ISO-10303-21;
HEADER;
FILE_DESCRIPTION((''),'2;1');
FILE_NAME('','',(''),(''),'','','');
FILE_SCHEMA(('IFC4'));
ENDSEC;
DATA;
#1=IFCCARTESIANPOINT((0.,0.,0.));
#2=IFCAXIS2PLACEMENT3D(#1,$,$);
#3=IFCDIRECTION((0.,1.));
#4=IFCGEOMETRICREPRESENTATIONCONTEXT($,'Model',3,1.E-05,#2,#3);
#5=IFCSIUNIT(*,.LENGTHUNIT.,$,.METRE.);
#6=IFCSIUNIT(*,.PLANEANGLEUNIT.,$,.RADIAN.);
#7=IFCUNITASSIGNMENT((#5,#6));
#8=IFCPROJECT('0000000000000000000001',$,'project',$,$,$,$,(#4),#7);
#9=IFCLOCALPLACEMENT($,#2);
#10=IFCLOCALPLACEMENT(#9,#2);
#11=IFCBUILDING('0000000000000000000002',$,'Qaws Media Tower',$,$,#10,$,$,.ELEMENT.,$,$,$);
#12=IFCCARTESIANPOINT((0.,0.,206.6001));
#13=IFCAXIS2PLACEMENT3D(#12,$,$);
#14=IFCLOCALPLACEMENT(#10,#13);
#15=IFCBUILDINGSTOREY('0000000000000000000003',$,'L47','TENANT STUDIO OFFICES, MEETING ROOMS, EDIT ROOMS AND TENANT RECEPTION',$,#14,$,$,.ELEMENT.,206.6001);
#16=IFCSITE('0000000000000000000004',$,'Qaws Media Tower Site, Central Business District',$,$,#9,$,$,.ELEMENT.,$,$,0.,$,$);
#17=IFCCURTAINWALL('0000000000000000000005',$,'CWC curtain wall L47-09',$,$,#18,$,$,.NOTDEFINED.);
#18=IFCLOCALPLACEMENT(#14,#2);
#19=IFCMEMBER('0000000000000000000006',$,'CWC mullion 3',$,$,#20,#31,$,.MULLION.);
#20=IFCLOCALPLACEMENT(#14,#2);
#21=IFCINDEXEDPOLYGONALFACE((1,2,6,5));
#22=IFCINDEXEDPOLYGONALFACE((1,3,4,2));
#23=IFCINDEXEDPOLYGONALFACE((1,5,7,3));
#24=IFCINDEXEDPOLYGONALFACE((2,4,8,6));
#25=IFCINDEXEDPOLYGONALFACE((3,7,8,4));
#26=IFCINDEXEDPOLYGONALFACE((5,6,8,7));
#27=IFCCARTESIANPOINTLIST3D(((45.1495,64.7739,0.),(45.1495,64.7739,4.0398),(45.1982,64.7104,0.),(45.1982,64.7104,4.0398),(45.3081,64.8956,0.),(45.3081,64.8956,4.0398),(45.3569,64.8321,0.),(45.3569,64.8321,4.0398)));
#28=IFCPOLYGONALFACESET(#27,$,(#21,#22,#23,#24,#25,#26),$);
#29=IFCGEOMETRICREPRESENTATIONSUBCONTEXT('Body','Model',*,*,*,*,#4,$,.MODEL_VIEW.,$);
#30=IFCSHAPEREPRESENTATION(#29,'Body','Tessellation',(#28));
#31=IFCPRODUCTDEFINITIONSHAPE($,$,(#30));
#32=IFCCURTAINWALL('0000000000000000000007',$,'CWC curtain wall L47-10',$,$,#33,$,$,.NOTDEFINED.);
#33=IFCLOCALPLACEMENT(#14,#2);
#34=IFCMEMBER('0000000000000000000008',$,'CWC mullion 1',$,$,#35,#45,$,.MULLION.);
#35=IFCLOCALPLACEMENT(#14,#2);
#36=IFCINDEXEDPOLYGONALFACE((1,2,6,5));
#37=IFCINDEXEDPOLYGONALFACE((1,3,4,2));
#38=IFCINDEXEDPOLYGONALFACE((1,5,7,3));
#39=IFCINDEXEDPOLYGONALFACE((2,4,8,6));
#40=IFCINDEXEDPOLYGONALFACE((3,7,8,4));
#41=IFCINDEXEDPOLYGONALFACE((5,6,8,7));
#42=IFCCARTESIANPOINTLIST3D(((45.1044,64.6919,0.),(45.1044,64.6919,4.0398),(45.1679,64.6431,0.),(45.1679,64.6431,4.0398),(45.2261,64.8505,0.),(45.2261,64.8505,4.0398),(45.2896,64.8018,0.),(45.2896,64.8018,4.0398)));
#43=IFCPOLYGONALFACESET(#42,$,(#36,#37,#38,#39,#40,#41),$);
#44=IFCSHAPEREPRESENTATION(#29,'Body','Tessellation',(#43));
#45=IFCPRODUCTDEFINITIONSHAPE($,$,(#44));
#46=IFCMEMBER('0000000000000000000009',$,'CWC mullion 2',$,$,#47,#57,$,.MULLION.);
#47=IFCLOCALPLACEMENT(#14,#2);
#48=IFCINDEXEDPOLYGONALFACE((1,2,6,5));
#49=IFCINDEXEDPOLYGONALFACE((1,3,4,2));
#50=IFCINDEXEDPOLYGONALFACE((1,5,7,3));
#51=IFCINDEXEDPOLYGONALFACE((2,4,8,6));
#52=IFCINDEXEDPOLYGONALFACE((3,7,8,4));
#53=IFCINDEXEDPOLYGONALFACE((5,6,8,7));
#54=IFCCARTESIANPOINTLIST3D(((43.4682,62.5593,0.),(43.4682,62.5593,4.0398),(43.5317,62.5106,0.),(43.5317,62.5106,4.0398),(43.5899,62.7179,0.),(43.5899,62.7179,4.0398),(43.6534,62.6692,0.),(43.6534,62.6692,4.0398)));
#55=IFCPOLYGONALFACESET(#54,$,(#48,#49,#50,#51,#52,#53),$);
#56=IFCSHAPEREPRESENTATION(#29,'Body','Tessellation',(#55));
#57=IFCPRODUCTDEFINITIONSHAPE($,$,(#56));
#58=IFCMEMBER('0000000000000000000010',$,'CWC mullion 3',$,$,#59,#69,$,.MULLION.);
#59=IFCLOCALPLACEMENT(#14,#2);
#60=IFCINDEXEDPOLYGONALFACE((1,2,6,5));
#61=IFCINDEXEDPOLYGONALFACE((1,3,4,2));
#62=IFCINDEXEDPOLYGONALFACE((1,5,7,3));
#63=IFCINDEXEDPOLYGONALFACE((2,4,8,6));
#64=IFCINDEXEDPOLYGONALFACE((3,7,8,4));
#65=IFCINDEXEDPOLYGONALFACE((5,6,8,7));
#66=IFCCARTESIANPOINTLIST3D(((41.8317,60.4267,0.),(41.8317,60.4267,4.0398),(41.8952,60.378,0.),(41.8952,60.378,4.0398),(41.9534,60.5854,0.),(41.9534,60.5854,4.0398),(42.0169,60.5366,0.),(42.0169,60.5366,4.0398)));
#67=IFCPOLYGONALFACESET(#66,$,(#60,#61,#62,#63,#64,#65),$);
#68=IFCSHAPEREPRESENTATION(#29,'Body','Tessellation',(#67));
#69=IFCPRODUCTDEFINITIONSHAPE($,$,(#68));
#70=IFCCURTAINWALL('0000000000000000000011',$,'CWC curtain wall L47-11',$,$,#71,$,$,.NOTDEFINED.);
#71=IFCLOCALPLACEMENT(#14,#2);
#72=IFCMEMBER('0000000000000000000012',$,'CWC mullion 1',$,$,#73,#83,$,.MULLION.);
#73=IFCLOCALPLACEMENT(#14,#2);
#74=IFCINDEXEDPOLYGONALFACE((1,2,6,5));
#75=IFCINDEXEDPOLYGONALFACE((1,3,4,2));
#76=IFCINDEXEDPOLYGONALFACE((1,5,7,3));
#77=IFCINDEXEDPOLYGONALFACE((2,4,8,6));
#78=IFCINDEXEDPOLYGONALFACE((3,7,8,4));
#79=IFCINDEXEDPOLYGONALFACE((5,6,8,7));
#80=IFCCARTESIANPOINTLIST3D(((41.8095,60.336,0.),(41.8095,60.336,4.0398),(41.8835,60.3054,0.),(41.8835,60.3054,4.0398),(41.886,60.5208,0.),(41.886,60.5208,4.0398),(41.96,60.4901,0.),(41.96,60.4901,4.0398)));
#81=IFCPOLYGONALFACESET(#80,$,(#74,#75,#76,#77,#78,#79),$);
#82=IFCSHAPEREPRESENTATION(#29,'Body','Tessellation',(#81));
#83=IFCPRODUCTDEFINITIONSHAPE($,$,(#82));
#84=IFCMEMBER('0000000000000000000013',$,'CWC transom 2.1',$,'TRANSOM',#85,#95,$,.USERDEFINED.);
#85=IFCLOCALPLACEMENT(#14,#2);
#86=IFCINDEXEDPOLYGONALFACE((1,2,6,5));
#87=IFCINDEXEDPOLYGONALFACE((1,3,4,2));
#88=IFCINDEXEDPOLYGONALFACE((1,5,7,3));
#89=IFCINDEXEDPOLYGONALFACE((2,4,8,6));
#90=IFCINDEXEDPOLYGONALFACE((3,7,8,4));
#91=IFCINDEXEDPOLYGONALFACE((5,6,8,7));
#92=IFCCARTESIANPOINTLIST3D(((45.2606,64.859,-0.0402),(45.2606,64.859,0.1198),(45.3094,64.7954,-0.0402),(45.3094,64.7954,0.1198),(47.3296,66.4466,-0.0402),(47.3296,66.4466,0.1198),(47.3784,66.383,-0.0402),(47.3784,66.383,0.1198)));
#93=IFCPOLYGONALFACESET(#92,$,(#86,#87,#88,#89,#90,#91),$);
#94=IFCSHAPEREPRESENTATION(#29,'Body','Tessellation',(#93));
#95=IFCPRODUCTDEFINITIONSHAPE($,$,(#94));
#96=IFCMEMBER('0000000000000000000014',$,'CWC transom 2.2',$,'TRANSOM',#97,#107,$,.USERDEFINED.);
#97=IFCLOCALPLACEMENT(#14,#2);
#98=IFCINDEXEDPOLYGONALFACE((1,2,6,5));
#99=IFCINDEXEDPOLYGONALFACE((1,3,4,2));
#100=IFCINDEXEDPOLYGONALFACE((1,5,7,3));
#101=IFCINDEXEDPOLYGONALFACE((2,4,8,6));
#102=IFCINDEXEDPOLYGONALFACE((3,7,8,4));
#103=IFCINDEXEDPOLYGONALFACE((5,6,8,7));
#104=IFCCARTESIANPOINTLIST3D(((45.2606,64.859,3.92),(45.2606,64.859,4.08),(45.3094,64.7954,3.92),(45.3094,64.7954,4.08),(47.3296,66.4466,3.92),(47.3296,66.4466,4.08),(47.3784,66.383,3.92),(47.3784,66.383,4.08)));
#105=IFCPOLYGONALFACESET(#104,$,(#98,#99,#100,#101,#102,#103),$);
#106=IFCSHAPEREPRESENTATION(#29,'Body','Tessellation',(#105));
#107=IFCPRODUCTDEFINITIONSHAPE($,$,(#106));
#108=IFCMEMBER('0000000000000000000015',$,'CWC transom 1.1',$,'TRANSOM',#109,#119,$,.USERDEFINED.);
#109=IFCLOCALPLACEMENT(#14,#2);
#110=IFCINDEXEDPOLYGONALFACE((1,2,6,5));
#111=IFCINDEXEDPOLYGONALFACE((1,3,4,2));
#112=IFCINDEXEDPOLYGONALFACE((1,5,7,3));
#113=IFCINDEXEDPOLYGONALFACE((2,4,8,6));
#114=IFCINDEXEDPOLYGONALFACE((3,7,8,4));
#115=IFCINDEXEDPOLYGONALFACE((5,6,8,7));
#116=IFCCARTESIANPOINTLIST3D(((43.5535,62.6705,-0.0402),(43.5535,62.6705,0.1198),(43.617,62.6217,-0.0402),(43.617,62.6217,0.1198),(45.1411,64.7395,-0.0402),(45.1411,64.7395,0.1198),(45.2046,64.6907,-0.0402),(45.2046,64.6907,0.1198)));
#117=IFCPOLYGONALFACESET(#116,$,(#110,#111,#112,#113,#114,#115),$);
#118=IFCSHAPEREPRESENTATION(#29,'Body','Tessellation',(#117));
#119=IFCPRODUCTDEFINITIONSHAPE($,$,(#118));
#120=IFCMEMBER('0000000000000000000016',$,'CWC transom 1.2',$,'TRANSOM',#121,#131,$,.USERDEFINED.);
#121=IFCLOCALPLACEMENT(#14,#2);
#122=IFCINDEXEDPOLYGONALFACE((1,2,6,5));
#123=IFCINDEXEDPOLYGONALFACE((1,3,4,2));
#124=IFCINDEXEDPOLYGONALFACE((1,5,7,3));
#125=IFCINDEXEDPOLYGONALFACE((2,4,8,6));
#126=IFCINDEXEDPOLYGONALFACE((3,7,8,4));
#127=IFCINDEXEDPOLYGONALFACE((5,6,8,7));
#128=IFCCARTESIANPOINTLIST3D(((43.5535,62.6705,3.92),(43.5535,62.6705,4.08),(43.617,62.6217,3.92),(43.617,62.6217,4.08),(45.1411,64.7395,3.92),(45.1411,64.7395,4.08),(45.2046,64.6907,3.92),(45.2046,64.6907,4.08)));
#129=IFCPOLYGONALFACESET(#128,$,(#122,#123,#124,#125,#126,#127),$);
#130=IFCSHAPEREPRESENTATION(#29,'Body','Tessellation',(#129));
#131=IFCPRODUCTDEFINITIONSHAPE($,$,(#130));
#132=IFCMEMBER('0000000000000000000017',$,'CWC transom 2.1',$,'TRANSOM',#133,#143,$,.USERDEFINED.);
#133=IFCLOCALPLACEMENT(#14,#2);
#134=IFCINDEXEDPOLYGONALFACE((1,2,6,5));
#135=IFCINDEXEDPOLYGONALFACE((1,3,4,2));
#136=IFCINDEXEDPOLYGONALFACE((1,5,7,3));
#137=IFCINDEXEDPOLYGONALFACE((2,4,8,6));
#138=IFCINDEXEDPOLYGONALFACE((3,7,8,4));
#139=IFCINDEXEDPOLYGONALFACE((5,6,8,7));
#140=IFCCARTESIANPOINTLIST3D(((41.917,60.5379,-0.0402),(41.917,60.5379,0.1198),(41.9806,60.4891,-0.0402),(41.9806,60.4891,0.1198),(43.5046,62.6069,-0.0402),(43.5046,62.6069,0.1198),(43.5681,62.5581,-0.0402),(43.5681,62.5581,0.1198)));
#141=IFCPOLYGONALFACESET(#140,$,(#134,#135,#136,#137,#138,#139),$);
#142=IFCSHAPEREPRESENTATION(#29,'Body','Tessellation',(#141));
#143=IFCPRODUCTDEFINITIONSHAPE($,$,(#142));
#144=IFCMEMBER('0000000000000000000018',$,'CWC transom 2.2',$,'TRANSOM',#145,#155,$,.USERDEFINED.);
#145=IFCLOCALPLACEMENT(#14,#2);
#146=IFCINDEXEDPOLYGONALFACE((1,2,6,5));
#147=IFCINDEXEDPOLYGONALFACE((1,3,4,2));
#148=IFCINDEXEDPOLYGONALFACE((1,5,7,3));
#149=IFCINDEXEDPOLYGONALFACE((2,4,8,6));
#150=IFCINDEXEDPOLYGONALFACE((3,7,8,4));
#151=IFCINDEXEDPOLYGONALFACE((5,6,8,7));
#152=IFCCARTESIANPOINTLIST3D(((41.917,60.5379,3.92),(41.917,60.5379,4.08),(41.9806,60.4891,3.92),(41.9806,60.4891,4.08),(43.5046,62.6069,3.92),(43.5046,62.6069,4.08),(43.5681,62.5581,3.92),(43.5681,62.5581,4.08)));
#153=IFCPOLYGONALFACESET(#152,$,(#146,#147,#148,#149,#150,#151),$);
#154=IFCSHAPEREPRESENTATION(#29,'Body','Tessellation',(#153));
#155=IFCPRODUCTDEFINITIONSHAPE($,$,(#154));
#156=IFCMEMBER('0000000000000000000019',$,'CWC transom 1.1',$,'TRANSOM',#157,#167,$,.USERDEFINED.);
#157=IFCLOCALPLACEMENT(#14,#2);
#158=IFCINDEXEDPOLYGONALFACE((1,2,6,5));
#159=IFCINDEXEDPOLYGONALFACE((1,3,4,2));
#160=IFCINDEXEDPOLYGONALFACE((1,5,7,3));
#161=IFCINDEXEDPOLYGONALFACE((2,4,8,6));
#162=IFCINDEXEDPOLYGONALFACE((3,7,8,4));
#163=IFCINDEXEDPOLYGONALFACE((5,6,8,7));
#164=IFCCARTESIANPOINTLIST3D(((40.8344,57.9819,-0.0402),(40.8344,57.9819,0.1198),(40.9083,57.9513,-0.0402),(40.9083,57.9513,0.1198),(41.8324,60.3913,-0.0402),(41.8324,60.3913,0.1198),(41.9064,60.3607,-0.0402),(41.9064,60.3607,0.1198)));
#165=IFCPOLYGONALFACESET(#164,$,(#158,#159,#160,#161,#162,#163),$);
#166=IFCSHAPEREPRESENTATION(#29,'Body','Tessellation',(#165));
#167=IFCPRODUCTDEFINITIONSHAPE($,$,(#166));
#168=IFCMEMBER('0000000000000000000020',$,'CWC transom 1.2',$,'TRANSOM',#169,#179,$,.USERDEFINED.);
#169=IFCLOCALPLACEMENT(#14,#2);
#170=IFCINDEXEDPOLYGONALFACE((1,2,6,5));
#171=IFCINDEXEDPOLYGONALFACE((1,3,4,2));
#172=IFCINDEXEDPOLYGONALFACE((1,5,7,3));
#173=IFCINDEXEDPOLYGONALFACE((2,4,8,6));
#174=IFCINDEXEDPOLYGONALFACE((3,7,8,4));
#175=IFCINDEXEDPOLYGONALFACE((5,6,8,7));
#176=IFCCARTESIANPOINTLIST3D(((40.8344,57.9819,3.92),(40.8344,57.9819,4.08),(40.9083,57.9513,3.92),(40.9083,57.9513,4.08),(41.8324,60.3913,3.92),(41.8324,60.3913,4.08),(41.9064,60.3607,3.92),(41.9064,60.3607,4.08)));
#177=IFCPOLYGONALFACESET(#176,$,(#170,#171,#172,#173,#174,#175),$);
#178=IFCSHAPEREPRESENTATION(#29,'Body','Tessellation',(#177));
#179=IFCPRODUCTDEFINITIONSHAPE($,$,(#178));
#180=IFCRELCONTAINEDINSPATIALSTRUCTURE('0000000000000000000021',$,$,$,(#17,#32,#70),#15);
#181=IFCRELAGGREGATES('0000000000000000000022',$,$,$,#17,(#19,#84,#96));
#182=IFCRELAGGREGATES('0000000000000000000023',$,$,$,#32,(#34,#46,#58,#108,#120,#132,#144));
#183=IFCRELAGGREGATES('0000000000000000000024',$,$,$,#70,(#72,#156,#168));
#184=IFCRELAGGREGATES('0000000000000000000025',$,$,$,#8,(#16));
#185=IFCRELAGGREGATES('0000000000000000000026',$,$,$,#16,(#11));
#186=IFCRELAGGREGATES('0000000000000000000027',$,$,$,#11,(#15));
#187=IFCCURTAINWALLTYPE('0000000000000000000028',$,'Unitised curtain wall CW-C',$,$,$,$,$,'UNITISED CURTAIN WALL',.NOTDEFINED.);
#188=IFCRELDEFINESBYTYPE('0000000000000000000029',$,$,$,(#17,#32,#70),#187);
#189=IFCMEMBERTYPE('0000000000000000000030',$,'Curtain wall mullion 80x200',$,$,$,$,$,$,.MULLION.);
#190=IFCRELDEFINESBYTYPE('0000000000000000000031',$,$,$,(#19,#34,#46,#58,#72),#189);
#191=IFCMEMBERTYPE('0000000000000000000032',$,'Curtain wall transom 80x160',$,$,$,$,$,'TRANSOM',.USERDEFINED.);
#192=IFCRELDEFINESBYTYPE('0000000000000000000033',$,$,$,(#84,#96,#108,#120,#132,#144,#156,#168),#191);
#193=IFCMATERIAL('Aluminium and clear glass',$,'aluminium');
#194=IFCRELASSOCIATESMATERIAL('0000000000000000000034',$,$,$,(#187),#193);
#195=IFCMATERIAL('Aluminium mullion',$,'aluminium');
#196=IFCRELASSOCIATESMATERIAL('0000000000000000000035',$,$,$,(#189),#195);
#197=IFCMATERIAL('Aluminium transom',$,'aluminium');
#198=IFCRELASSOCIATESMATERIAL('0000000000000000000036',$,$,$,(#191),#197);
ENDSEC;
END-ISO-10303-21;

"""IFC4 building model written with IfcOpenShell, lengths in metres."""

from ifc_helpers import new_model, si_unit, direction, frame, origin, origin_2d, place, context, subcontext, project, spatial, rectangle, extrude, material, material_profile, profile_set, type_object, element, aggregate, save


model = new_model("IFC4")

# Units and contexts
model_context = context("Model", 3, precision=1e-05, world=origin(), true_north=direction((0.0, 1.0)))
body_context = subcontext(model_context, "Body", "Model", "MODEL_VIEW")
ifc_project = project(units=[si_unit("LENGTHUNIT", "METRE"), si_unit("PLANEANGLEUNIT", "RADIAN")], contexts=[model_context])

# Site, building, storey
site_placement = place(None, origin())
site = spatial("IfcSite", under=ifc_project, at=site_placement, Name="Qaws Media Tower Site, Central Business District", CompositionType="ELEMENT", RefElevation=0.0)
building_placement = place(site_placement, origin())
building = spatial("IfcBuilding", under=site, at=building_placement, Name="Qaws Media Tower", CompositionType="ELEMENT")
storey_placement = place(building_placement, frame((0.0, 0.0, 206.6001)))
storey = spatial("IfcBuildingStorey", under=building, at=storey_placement, Name="L47", Description="TENANT STUDIO OFFICES, MEETING ROOMS, EDIT ROOMS AND TENANT RECEPTION", CompositionType="ELEMENT", Elevation=206.6001)

# Curtain wall, member
ifc_material_1 = material(Name="Aluminium and clear glass", Category="aluminium")
curtain_wall_type = type_object("IfcCurtainWallType", Name="Unitised curtain wall CW-C", ElementType="UNITISED CURTAIN WALL", PredefinedType="NOTDEFINED", material=ifc_material_1)
curtain_wall_1_placement = place(storey_placement, origin())
curtain_wall_1 = element("IfcCurtainWall", 1, at=curtain_wall_1_placement, inside=storey, type_object=curtain_wall_type, Name="CWC curtain wall L47-09", PredefinedType="NOTDEFINED")
ifc_material_2 = material(Name="Aluminium mullion", Category="aluminium")
ifc_material_profile_1 = material_profile(ifc_material_2, rectangle(XDim=0.0801, YDim=0.2, at=origin_2d()), Name="80x200")
ifc_profile_set_1 = profile_set([ifc_material_profile_1], Name="Aluminium mullion")
member_type_1 = type_object("IfcMemberType", Name="Curtain wall mullion 80x200", PredefinedType="MULLION", material=ifc_profile_set_1)
member_1_placement = place(storey_placement, frame((45.2532, 64.803, 0.0), z_axis=(0.0, 0.0, 1.0), x_axis=(0.608761, -0.793353, 0.0)))
member_1 = element("IfcMember", 2, at=member_1_placement, type_object=member_type_1, Name="CWC mullion 3", PredefinedType="MULLION", context=body_context, shape_type="SweptSolid", body=[
    extrude(rectangle(XDim=0.0801, YDim=0.2, at=origin_2d()), origin(), (0.0, 0.0, 1.0), 4.0398),
])

# Curtain wall, members
curtain_wall_2_placement = place(storey_placement, origin())
curtain_wall_2 = element("IfcCurtainWall", 3, at=curtain_wall_2_placement, inside=storey, type_object=curtain_wall_type, Name="CWC curtain wall L47-10", PredefinedType="NOTDEFINED")
member_2_placement = place(storey_placement, frame((45.197, 64.7468, 0.0), z_axis=(0.0, 0.0, 1.0), x_axis=(0.793353, -0.608761, 0.0)))
member_2 = element("IfcMember", 4, at=member_2_placement, type_object=member_type_1, Name="CWC mullion 1", PredefinedType="MULLION", context=body_context, shape_type="SweptSolid", body=[
    extrude(rectangle(XDim=0.0801, YDim=0.2, at=origin_2d()), origin(), (0.0, 0.0, 1.0), 4.0398),
])
member_3_placement = place(storey_placement, frame((43.5608, 62.6143, 0.0), z_axis=(0.0, 0.0, 1.0), x_axis=(0.793353, -0.608761, 0.0)))
member_3 = element("IfcMember", 5, at=member_3_placement, type_object=member_type_1, Name="CWC mullion 2", PredefinedType="MULLION", context=body_context, shape_type="SweptSolid", body=[
    extrude(rectangle(XDim=0.0801, YDim=0.2, at=origin_2d()), origin(), (0.0, 0.0, 1.0), 4.0398),
])
member_4_placement = place(storey_placement, frame((41.9243, 60.4817, 0.0), z_axis=(0.0, 0.0, 1.0), x_axis=(0.793353, -0.608761, 0.0)))
member_4 = element("IfcMember", 6, at=member_4_placement, type_object=member_type_1, Name="CWC mullion 3", PredefinedType="MULLION", context=body_context, shape_type="SweptSolid", body=[
    extrude(rectangle(XDim=0.0801, YDim=0.2, at=origin_2d()), origin(), (0.0, 0.0, 1.0), 4.0398),
])

# Curtain wall, member
curtain_wall_3_placement = place(storey_placement, origin())
curtain_wall_3 = element("IfcCurtainWall", 7, at=curtain_wall_3_placement, inside=storey, type_object=curtain_wall_type, Name="CWC curtain wall L47-11", PredefinedType="NOTDEFINED")
member_5_placement = place(storey_placement, frame((41.8848, 60.4131, 0.0), z_axis=(0.0, 0.0, 1.0), x_axis=(0.92388, -0.382683, 0.0)))
member_5 = element("IfcMember", 8, at=member_5_placement, type_object=member_type_1, Name="CWC mullion 1", PredefinedType="MULLION", context=body_context, shape_type="SweptSolid", body=[
    extrude(rectangle(XDim=0.0801, YDim=0.2, at=origin_2d()), origin(), (0.0, 0.0, 1.0), 4.0398),
])

# Members
ifc_material_3 = material(Name="Aluminium transom", Category="aluminium")
ifc_material_profile_2 = material_profile(ifc_material_3, rectangle(XDim=0.0801, YDim=0.1599, at=origin_2d()), Name="80x160")
ifc_profile_set_2 = profile_set([ifc_material_profile_2], Name="Aluminium transom")
member_type_2 = type_object("IfcMemberType", Name="Curtain wall transom 80x160", ElementType="TRANSOM", PredefinedType="USERDEFINED", material=ifc_profile_set_2)
member_6_placement = place(storey_placement, frame((47.354, 66.4148, 0.0398), z_axis=(-0.793358, -0.608756, 0.0), x_axis=(0.608756, -0.793358, 0.0)))
member_6 = element("IfcMember", 9, at=member_6_placement, type_object=member_type_2, Name="CWC transom 2.1", ObjectType="TRANSOM", PredefinedType="USERDEFINED", context=body_context, shape_type="SweptSolid", body=[
    extrude(rectangle(XDim=0.0801, YDim=0.1599, at=origin_2d()), origin(), (0.0, 0.0, 1.0), 2.6079),
])
member_7_placement = place(storey_placement, frame((47.354, 66.4148, 4.0), z_axis=(-0.793358, -0.608756, 0.0), x_axis=(0.608756, -0.793358, 0.0)))
member_7 = element("IfcMember", 10, at=member_7_placement, type_object=member_type_2, Name="CWC transom 2.2", ObjectType="TRANSOM", PredefinedType="USERDEFINED", context=body_context, shape_type="SweptSolid", body=[
    extrude(rectangle(XDim=0.0801, YDim=0.1599, at=origin_2d()), origin(), (0.0, 0.0, 1.0), 2.6079),
])
member_8_placement = place(storey_placement, frame((45.1729, 64.7151, 0.0398), z_axis=(-0.608756, -0.793358, 0.0), x_axis=(0.793358, -0.608756, 0.0)))
member_8 = element("IfcMember", 11, at=member_8_placement, type_object=member_type_2, Name="CWC transom 1.1", ObjectType="TRANSOM", PredefinedType="USERDEFINED", context=body_context, shape_type="SweptSolid", body=[
    extrude(rectangle(XDim=0.0801, YDim=0.1599, at=origin_2d()), origin(), (0.0, 0.0, 1.0), 2.6079),
])
member_9_placement = place(storey_placement, frame((45.1729, 64.7151, 4.0), z_axis=(-0.608756, -0.793358, 0.0), x_axis=(0.793358, -0.608756, 0.0)))
member_9 = element("IfcMember", 12, at=member_9_placement, type_object=member_type_2, Name="CWC transom 1.2", ObjectType="TRANSOM", PredefinedType="USERDEFINED", context=body_context, shape_type="SweptSolid", body=[
    extrude(rectangle(XDim=0.0801, YDim=0.1599, at=origin_2d()), origin(), (0.0, 0.0, 1.0), 2.6079),
])
member_10_placement = place(storey_placement, frame((43.5364, 62.5825, 0.0398), z_axis=(-0.608756, -0.793358, 0.0), x_axis=(0.793358, -0.608756, 0.0)))
member_10 = element("IfcMember", 13, at=member_10_placement, type_object=member_type_2, Name="CWC transom 2.1", ObjectType="TRANSOM", PredefinedType="USERDEFINED", context=body_context, shape_type="SweptSolid", body=[
    extrude(rectangle(XDim=0.0801, YDim=0.1599, at=origin_2d()), origin(), (0.0, 0.0, 1.0), 2.6079),
])
member_11_placement = place(storey_placement, frame((43.5364, 62.5825, 4.0), z_axis=(-0.608756, -0.793358, 0.0), x_axis=(0.793358, -0.608756, 0.0)))
member_11 = element("IfcMember", 14, at=member_11_placement, type_object=member_type_2, Name="CWC transom 2.2", ObjectType="TRANSOM", PredefinedType="USERDEFINED", context=body_context, shape_type="SweptSolid", body=[
    extrude(rectangle(XDim=0.0801, YDim=0.1599, at=origin_2d()), origin(), (0.0, 0.0, 1.0), 2.6079),
])
member_12_placement = place(storey_placement, frame((41.8694, 60.376, 0.0398), z_axis=(-0.382694, -0.923875, 0.0), x_axis=(0.923875, -0.382694, 0.0)))
member_12 = element("IfcMember", 15, at=member_12_placement, type_object=member_type_2, Name="CWC transom 1.1", ObjectType="TRANSOM", PredefinedType="USERDEFINED", context=body_context, shape_type="SweptSolid", body=[
    extrude(rectangle(XDim=0.0801, YDim=0.1599, at=origin_2d()), origin(), (0.0, 0.0, 1.0), 2.6079),
])
member_13_placement = place(storey_placement, frame((41.8694, 60.376, 4.0), z_axis=(-0.382694, -0.923875, 0.0), x_axis=(0.923875, -0.382694, 0.0)))
member_13 = element("IfcMember", 16, at=member_13_placement, type_object=member_type_2, Name="CWC transom 1.2", ObjectType="TRANSOM", PredefinedType="USERDEFINED", context=body_context, shape_type="SweptSolid", body=[
    extrude(rectangle(XDim=0.0801, YDim=0.1599, at=origin_2d()), origin(), (0.0, 0.0, 1.0), 2.6079),
])

aggregate(curtain_wall_1, [member_1, member_6, member_7])
aggregate(curtain_wall_2, [member_2, member_3, member_4, member_8, member_9, member_10, member_11])
aggregate(curtain_wall_3, [member_5, member_12, member_13])

save(model, "model.ifc")
